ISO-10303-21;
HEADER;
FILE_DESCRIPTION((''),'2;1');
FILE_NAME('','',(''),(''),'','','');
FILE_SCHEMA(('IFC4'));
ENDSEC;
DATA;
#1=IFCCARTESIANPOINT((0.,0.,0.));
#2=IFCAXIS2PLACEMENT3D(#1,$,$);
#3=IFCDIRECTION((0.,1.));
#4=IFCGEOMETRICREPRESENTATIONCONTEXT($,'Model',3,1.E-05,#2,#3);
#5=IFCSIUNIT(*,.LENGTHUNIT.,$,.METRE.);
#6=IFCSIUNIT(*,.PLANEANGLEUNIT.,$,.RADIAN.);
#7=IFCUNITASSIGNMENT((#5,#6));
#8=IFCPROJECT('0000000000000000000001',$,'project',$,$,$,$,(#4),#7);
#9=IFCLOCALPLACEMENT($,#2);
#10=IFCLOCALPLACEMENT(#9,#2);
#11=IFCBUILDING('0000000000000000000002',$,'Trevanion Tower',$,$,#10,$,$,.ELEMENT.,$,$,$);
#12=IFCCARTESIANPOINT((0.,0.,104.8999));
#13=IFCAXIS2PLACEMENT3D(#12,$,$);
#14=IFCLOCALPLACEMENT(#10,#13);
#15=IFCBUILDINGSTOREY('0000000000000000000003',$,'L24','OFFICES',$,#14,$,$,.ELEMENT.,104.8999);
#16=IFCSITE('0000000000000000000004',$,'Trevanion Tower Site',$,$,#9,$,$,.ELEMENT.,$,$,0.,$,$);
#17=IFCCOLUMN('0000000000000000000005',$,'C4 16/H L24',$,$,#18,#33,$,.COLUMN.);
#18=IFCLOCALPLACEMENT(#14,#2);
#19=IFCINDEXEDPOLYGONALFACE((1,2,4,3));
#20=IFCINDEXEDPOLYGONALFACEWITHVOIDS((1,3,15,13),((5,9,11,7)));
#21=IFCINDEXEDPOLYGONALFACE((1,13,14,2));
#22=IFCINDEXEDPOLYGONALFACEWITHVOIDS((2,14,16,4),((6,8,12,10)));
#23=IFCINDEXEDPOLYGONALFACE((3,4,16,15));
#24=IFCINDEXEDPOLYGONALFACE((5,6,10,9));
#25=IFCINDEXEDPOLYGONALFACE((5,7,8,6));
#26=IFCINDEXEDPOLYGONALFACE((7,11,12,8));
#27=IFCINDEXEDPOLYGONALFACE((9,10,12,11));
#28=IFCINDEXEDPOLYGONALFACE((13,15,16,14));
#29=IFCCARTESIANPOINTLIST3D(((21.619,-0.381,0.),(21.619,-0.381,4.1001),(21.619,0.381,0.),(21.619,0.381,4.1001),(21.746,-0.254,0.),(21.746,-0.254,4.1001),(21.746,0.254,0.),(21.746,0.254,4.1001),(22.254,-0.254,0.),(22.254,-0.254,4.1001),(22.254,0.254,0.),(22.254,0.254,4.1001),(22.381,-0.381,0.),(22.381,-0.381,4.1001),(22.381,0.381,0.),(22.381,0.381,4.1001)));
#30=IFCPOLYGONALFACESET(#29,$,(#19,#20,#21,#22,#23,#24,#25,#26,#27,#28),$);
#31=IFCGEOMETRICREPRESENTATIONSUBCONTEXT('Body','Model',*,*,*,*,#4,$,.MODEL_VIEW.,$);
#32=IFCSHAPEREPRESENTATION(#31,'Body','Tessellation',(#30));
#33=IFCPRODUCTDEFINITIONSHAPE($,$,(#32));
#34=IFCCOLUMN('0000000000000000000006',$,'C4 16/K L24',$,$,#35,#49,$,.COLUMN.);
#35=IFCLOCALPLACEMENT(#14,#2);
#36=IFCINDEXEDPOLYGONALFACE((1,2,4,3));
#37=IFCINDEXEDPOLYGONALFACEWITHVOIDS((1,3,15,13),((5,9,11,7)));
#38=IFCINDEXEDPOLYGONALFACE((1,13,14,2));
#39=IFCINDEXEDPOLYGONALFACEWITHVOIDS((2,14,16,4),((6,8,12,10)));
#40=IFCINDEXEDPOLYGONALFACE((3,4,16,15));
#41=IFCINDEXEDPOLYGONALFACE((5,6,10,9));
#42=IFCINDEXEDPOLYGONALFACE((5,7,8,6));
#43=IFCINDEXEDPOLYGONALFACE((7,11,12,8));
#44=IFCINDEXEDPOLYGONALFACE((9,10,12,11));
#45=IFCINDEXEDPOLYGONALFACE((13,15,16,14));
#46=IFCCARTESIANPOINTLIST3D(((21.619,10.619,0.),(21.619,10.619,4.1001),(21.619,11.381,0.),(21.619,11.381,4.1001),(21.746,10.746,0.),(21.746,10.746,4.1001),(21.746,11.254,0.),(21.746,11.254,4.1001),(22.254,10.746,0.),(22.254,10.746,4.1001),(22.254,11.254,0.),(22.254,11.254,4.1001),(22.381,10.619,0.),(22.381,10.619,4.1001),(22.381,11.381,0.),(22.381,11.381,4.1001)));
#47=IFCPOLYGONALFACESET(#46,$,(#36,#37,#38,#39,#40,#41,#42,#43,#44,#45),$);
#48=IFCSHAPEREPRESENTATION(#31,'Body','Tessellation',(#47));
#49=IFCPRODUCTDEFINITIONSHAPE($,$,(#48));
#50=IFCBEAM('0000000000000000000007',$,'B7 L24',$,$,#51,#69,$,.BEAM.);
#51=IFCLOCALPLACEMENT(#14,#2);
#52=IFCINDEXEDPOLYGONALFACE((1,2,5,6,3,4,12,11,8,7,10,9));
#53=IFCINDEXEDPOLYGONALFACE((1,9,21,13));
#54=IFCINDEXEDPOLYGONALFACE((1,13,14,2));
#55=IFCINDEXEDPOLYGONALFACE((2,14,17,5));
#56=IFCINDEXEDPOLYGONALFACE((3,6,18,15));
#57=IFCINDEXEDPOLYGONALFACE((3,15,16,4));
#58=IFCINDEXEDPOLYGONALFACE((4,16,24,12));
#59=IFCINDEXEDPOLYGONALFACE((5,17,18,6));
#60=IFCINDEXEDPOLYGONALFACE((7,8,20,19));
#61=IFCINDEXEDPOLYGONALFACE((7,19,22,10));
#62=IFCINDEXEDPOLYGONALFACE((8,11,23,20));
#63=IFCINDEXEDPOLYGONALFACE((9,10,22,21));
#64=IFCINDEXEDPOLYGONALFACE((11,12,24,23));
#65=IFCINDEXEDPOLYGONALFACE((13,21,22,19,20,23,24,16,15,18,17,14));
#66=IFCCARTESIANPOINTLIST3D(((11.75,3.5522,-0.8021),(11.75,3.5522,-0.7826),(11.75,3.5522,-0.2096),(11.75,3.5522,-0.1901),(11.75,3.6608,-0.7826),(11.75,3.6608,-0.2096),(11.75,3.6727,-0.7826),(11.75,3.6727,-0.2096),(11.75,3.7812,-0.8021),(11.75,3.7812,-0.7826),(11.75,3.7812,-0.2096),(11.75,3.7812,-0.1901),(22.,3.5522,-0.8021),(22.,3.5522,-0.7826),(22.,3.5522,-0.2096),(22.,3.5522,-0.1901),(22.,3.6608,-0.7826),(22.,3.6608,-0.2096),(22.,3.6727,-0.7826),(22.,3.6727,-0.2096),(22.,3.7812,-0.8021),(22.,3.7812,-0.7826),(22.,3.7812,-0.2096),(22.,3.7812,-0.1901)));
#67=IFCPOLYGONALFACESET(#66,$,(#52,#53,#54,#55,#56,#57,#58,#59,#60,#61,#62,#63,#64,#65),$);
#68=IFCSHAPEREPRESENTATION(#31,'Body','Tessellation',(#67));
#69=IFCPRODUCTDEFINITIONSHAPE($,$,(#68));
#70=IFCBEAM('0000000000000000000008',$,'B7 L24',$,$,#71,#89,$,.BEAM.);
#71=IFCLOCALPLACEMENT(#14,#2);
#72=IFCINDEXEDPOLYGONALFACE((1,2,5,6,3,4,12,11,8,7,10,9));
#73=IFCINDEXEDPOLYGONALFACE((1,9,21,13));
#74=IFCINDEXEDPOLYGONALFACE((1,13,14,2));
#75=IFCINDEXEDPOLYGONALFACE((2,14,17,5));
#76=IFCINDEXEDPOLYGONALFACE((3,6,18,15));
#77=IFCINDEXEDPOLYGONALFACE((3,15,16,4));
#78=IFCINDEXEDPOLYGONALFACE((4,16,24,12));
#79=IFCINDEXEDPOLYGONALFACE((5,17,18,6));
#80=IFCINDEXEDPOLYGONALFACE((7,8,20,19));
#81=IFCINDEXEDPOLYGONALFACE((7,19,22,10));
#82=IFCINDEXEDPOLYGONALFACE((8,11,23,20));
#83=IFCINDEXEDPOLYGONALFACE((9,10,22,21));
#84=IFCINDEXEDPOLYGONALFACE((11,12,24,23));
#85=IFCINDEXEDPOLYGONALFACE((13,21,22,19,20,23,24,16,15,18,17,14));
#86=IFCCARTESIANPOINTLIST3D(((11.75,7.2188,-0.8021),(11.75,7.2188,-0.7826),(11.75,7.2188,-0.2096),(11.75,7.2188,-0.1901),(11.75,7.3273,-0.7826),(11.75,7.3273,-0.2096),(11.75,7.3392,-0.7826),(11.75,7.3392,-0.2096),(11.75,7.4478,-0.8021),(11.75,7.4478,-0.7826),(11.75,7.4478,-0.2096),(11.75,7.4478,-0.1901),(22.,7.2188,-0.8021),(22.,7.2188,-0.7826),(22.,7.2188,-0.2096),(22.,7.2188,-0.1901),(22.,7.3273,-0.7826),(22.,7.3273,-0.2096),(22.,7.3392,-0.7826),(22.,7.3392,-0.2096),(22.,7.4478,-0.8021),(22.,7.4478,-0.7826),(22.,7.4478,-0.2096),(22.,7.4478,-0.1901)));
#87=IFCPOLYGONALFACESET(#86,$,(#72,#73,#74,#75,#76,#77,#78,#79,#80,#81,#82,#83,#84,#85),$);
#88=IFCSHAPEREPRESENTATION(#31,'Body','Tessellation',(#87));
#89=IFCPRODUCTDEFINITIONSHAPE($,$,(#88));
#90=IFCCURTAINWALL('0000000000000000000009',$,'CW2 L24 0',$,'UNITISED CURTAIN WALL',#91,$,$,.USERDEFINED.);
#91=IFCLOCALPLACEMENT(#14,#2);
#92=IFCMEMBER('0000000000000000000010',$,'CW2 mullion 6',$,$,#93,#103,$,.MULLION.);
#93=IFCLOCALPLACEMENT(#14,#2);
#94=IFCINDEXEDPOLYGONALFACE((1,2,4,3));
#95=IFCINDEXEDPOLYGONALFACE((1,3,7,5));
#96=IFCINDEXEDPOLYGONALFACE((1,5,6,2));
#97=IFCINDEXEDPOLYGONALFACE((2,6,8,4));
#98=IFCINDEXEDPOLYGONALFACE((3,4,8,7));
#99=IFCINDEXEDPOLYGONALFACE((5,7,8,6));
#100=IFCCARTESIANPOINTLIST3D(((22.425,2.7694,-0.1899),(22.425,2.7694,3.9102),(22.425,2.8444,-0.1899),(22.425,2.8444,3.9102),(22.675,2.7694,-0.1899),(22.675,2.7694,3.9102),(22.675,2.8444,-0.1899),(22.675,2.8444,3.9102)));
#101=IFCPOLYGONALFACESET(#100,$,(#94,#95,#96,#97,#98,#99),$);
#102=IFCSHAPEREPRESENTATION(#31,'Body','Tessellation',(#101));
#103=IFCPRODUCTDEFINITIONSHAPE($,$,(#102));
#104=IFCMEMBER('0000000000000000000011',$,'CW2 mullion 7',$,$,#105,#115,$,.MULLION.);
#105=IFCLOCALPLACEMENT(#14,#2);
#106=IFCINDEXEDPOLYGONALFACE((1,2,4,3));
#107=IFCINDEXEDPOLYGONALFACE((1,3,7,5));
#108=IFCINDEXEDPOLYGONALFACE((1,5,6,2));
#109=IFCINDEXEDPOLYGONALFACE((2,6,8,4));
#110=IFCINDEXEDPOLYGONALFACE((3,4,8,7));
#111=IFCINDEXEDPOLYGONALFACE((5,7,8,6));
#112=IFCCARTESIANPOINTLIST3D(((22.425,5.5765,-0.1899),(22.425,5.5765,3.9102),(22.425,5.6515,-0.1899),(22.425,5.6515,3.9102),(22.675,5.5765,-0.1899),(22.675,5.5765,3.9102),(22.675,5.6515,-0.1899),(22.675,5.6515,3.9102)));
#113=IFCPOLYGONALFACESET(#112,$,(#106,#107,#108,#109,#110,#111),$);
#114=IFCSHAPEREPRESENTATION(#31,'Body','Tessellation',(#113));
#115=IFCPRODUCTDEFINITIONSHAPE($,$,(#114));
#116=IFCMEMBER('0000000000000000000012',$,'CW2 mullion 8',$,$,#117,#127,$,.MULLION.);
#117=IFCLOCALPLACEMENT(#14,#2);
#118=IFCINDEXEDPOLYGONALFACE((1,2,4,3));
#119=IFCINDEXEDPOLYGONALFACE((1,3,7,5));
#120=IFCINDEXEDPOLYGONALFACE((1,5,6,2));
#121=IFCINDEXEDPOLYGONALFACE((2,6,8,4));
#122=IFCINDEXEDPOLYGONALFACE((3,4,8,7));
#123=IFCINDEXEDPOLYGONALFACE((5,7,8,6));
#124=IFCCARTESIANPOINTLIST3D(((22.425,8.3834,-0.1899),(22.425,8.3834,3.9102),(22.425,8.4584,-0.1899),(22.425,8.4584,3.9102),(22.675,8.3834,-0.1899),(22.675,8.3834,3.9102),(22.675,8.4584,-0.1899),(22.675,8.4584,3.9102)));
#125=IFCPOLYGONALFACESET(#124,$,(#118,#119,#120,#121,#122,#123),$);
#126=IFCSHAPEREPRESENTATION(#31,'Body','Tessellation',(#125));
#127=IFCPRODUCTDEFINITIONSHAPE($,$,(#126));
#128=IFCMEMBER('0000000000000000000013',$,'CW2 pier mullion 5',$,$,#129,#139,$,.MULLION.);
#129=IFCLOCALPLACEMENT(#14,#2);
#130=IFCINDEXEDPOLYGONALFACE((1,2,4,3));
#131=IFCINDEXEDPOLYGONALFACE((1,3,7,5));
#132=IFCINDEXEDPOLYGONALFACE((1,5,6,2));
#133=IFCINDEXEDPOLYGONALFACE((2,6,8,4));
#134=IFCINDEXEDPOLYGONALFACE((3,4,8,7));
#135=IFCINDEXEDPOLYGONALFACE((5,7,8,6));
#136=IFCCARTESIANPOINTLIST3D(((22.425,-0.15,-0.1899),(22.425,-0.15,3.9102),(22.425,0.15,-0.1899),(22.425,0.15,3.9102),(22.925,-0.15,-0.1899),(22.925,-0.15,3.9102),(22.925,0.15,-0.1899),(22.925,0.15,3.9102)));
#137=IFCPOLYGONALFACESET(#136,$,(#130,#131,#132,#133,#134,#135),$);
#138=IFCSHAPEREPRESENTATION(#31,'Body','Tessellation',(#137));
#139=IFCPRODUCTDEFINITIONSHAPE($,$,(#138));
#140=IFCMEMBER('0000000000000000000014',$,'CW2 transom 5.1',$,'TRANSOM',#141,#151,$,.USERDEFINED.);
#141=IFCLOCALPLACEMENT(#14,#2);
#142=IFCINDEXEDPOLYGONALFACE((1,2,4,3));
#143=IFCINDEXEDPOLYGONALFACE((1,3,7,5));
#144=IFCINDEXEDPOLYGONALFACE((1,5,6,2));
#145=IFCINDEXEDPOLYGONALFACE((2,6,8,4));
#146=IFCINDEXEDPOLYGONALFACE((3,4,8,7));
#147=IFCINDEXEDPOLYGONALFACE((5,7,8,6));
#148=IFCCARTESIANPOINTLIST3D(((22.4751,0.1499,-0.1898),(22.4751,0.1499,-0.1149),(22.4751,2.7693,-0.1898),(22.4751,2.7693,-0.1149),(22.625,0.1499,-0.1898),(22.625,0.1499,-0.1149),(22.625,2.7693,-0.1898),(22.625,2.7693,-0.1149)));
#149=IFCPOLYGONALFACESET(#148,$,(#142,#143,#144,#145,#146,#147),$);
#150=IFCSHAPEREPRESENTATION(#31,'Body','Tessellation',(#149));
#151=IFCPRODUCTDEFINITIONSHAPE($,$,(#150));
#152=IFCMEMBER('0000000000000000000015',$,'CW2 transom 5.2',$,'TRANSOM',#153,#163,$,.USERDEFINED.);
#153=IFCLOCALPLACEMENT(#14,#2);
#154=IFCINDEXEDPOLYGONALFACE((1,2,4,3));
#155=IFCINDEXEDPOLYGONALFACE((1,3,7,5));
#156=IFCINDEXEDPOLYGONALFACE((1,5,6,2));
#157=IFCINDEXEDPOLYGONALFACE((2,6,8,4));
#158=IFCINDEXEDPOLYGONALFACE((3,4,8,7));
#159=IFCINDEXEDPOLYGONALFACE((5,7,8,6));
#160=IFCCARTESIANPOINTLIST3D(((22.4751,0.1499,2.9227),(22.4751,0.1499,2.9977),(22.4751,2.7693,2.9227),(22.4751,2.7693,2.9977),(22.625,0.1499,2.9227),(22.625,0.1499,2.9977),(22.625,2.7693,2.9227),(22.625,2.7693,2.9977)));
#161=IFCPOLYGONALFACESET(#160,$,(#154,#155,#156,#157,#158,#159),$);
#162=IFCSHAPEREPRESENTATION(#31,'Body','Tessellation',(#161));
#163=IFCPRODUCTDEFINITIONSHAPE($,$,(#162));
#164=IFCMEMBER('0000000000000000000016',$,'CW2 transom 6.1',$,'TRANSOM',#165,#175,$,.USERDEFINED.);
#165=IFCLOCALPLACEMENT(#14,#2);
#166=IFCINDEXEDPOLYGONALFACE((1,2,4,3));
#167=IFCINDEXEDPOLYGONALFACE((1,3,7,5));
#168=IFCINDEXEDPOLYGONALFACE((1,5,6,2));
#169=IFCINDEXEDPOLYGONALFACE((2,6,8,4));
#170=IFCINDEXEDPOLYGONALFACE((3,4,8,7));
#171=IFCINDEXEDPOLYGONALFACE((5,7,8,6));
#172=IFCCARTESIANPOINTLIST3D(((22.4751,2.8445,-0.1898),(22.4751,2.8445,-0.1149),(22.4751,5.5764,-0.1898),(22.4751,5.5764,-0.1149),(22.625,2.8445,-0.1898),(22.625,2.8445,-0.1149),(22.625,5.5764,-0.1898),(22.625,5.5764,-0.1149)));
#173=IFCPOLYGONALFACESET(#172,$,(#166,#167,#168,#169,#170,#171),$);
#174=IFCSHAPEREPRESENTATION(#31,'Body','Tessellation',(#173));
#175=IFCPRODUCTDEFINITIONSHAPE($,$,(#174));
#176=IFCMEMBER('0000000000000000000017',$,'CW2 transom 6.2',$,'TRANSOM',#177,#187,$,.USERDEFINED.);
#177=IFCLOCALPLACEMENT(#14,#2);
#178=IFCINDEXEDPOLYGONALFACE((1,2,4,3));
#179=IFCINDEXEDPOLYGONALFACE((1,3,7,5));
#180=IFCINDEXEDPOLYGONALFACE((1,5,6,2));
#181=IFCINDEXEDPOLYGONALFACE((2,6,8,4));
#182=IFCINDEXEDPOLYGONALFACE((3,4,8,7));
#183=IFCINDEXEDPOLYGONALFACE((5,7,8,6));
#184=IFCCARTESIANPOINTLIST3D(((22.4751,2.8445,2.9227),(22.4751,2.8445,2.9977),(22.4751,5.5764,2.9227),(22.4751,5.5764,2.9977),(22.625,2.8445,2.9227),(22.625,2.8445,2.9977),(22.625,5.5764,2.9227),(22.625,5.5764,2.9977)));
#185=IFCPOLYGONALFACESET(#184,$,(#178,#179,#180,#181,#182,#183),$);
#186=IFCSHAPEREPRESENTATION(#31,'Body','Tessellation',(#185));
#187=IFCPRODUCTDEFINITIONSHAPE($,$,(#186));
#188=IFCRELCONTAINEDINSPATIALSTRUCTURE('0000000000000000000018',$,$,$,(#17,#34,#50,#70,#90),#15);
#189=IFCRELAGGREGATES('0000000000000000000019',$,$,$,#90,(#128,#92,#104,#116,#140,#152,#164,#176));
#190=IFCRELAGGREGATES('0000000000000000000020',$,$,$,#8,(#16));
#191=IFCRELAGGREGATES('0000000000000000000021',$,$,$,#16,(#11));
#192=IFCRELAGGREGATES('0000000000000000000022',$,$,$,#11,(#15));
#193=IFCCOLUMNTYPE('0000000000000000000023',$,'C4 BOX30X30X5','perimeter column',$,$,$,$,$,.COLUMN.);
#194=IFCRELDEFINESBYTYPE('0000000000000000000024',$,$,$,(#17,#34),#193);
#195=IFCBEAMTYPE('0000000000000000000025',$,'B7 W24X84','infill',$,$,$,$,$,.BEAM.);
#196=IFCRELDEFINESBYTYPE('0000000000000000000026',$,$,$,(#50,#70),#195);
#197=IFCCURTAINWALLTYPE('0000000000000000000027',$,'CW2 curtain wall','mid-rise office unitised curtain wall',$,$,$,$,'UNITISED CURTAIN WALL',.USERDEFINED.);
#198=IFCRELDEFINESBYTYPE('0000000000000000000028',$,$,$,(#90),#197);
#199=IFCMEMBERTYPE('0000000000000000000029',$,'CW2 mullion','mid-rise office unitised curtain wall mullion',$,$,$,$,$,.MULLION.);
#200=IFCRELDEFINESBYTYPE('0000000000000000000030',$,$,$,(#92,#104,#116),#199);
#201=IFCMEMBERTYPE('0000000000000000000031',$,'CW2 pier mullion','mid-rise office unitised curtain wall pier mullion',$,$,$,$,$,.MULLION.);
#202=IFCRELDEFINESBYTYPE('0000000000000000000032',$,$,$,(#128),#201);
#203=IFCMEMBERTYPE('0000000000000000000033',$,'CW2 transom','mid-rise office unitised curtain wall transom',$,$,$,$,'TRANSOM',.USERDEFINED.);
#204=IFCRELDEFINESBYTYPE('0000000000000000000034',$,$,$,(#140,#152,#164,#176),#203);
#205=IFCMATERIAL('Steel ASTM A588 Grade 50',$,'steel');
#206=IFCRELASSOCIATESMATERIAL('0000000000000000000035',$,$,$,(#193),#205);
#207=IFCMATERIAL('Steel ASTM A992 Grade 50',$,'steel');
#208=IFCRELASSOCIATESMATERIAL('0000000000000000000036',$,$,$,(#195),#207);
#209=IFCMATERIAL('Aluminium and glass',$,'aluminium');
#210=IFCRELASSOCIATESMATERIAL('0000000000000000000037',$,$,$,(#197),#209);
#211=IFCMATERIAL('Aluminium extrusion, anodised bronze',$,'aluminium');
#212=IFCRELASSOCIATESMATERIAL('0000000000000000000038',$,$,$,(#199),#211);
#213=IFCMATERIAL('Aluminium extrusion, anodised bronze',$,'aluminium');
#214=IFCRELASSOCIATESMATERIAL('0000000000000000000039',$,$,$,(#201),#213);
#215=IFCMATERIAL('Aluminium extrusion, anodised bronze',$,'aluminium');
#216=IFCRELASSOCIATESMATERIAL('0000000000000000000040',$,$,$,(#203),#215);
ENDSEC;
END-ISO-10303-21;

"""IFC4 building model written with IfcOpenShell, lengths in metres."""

from ifc_helpers import new_model, si_unit, direction, frame, origin, origin_2d, place, context, subcontext, project, spatial, rectangle, hollow_rectangle, i_section, extrude, material, material_profile, profile_set, type_object, element, aggregate, save


model = new_model("IFC4")

# Units and contexts
model_context = context("Model", 3, precision=1e-05, world=origin(), true_north=direction((0.0, 1.0)))
body_context = subcontext(model_context, "Body", "Model", "MODEL_VIEW")
ifc_project = project(units=[si_unit("LENGTHUNIT", "METRE"), si_unit("PLANEANGLEUNIT", "RADIAN")], contexts=[model_context])

# Site, building, storey
site_placement = place(None, origin())
site = spatial("IfcSite", under=ifc_project, at=site_placement, Name="Trevanion Tower Site", CompositionType="ELEMENT", RefElevation=0.0)
building_placement = place(site_placement, origin())
building = spatial("IfcBuilding", under=site, at=building_placement, Name="Trevanion Tower", CompositionType="ELEMENT")
storey_placement = place(building_placement, frame((0.0, 0.0, 104.8999)))
storey = spatial("IfcBuildingStorey", under=building, at=storey_placement, Name="L24", Description="OFFICES", CompositionType="ELEMENT", Elevation=104.8999)

# Columns
ifc_material_1 = material(Name="Steel ASTM A588 Grade 50", Category="steel")
ifc_material_profile_1 = material_profile(ifc_material_1, hollow_rectangle(XDim=0.762, YDim=0.762, WallThickness=0.127, at=origin_2d()), Name="BOX30X30X5")
ifc_profile_set_1 = profile_set([ifc_material_profile_1], Name="Steel ASTM A588 Grade 50")
column_type = type_object("IfcColumnType", Name="C4 BOX30X30X5", Description="perimeter column", PredefinedType="COLUMN", material=ifc_profile_set_1)
for number, where, z_axis, x_axis, name in (
    (1, (22.0, 0.0, 0.0), (0.0, 0.0, 1.0), (0.0, 1.0, 0.0), "C4 16/H L24"),
    (2, (22.0, 11.0, 0.0), (0.0, 0.0, 1.0), (0.0, 1.0, 0.0), "C4 16/K L24"),
):
    element("IfcColumn", number, at=place(storey_placement, frame(where, z_axis=z_axis, x_axis=x_axis)), inside=storey, type_object=column_type, Name=name, PredefinedType="COLUMN", context=body_context, shape_type="SweptSolid", body=[
        extrude(hollow_rectangle(XDim=0.762, YDim=0.762, WallThickness=0.127, at=origin_2d()), origin(), (0.0, 0.0, 1.0), 4.1001),
    ])

# Beams
ifc_material_2 = material(Name="Steel ASTM A992 Grade 50", Category="steel")
ifc_material_profile_2 = material_profile(ifc_material_2, i_section(OverallWidth=0.229, OverallDepth=0.6121, WebThickness=0.012, FlangeThickness=0.0195, at=origin_2d()), Name="W24X84")
ifc_profile_set_2 = profile_set([ifc_material_profile_2], Name="Steel ASTM A992 Grade 50")
beam_type_1 = type_object("IfcBeamType", Name="B7 W24X84", Description="infill", PredefinedType="BEAM", material=ifc_profile_set_2)
for number, where, z_axis, x_axis, name in (
    (3, (11.75, 3.6667, -0.4961), (1.0, 0.0, 0.0), (0.0, 1.0, 0.0), "B7 L24"),
    (4, (11.75, 7.3333, -0.4961), (1.0, 0.0, 0.0), (0.0, 1.0, 0.0), "B7 L24"),
):
    element("IfcBeam", number, at=place(storey_placement, frame(where, z_axis=z_axis, x_axis=x_axis)), inside=storey, type_object=beam_type_1, Name=name, PredefinedType="BEAM", context=body_context, shape_type="SweptSolid", body=[
        extrude(i_section(OverallWidth=0.229, OverallDepth=0.6121, WebThickness=0.012, FlangeThickness=0.0195, at=origin_2d()), origin(), (0.0, 0.0, 1.0), 10.25),
    ])

# Curtain wall, members
ifc_material_3 = material(Name="Aluminium and glass", Category="aluminium")
curtain_wall_type = type_object("IfcCurtainWallType", Name="CW2 curtain wall", Description="mid-rise office unitised curtain wall", ElementType="UNITISED CURTAIN WALL", PredefinedType="USERDEFINED", material=ifc_material_3)
curtain_wall_placement = place(storey_placement, origin())
curtain_wall = element("IfcCurtainWall", 5, at=curtain_wall_placement, inside=storey, type_object=curtain_wall_type, Name="CW2 L24 0", ObjectType="UNITISED CURTAIN WALL", PredefinedType="USERDEFINED")
ifc_material_4 = material(Name="Aluminium extrusion, anodised bronze", Category="aluminium")
ifc_material_profile_3 = material_profile(ifc_material_4, rectangle(XDim=0.075, YDim=0.25, at=origin_2d()), Name="CW2 mullion")
ifc_profile_set_3 = profile_set([ifc_material_profile_3], Name="Aluminium extrusion, anodised bronze")
member_type_1 = type_object("IfcMemberType", Name="CW2 mullion", Description="mid-rise office unitised curtain wall mullion", PredefinedType="MULLION", material=ifc_profile_set_3)
member_1_placement = place(storey_placement, frame((22.55, 2.8069, -0.1899), z_axis=(0.0, 0.0, 1.0), x_axis=(0.0, 1.0, 0.0)))
member_1 = element("IfcMember", 6, at=member_1_placement, type_object=member_type_1, Name="CW2 mullion 6", PredefinedType="MULLION", context=body_context, shape_type="SweptSolid", body=[
    extrude(rectangle(XDim=0.075, YDim=0.25, at=origin_2d()), origin(), (0.0, 0.0, 1.0), 4.1001),
])
member_2_placement = place(storey_placement, frame((22.55, 5.614, -0.1899), z_axis=(0.0, 0.0, 1.0), x_axis=(0.0, 1.0, 0.0)))
member_2 = element("IfcMember", 7, at=member_2_placement, type_object=member_type_1, Name="CW2 mullion 7", PredefinedType="MULLION", context=body_context, shape_type="SweptSolid", body=[
    extrude(rectangle(XDim=0.075, YDim=0.25, at=origin_2d()), origin(), (0.0, 0.0, 1.0), 4.1001),
])
member_3_placement = place(storey_placement, frame((22.55, 8.4209, -0.1899), z_axis=(0.0, 0.0, 1.0), x_axis=(0.0, 1.0, 0.0)))
member_3 = element("IfcMember", 8, at=member_3_placement, type_object=member_type_1, Name="CW2 mullion 8", PredefinedType="MULLION", context=body_context, shape_type="SweptSolid", body=[
    extrude(rectangle(XDim=0.075, YDim=0.25, at=origin_2d()), origin(), (0.0, 0.0, 1.0), 4.1001),
])
ifc_material_5 = material(Name="Aluminium extrusion, anodised bronze", Category="aluminium")
ifc_material_profile_4 = material_profile(ifc_material_5, rectangle(XDim=0.3, YDim=0.5, at=origin_2d()), Name="CW2 pier mullion")
ifc_profile_set_4 = profile_set([ifc_material_profile_4], Name="Aluminium extrusion, anodised bronze")
member_type_2 = type_object("IfcMemberType", Name="CW2 pier mullion", Description="mid-rise office unitised curtain wall pier mullion", PredefinedType="MULLION", material=ifc_profile_set_4)
member_4_placement = place(storey_placement, frame((22.675, 0.0, -0.1899), z_axis=(0.0, 0.0, 1.0), x_axis=(0.0, 1.0, 0.0)))
member_4 = element("IfcMember", 9, at=member_4_placement, type_object=member_type_2, Name="CW2 pier mullion 5", PredefinedType="MULLION", context=body_context, shape_type="SweptSolid", body=[
    extrude(rectangle(XDim=0.3, YDim=0.5, at=origin_2d()), origin(), (0.0, 0.0, 1.0), 4.1001),
])
ifc_material_6 = material(Name="Aluminium extrusion, anodised bronze", Category="aluminium")
ifc_material_profile_5 = material_profile(ifc_material_6, rectangle(XDim=0.1499, YDim=0.075, at=origin_2d()), Name="CW2 transom")
ifc_profile_set_5 = profile_set([ifc_material_profile_5], Name="Aluminium extrusion, anodised bronze")
member_type_3 = type_object("IfcMemberType", Name="CW2 transom", Description="mid-rise office unitised curtain wall transom", ElementType="TRANSOM", PredefinedType="USERDEFINED", material=ifc_profile_set_5)
member_5_placement = place(storey_placement, frame((22.55, 0.1499, -0.1523), z_axis=(0.0, 1.0, 0.0), x_axis=(-1.0, 0.0, 0.0)))
member_5 = element("IfcMember", 10, at=member_5_placement, type_object=member_type_3, Name="CW2 transom 5.1", ObjectType="TRANSOM", PredefinedType="USERDEFINED", context=body_context, shape_type="SweptSolid", body=[
    extrude(rectangle(XDim=0.1499, YDim=0.075, at=origin_2d()), origin(), (0.0, 0.0, 1.0), 2.6194),
])
member_6_placement = place(storey_placement, frame((22.55, 0.1499, 2.9602), z_axis=(0.0, 1.0, 0.0), x_axis=(-1.0, 0.0, 0.0)))
member_6 = element("IfcMember", 11, at=member_6_placement, type_object=member_type_3, Name="CW2 transom 5.2", ObjectType="TRANSOM", PredefinedType="USERDEFINED", context=body_context, shape_type="SweptSolid", body=[
    extrude(rectangle(XDim=0.1499, YDim=0.075, at=origin_2d()), origin(), (0.0, 0.0, 1.0), 2.6194),
])
member_7_placement = place(storey_placement, frame((22.55, 2.8445, -0.1523), z_axis=(0.0, 1.0, 0.0), x_axis=(-1.0, 0.0, 0.0)))
member_7 = element("IfcMember", 12, at=member_7_placement, type_object=member_type_3, Name="CW2 transom 6.1", ObjectType="TRANSOM", PredefinedType="USERDEFINED", context=body_context, shape_type="SweptSolid", body=[
    extrude(rectangle(XDim=0.1499, YDim=0.075, at=origin_2d()), origin(), (0.0, 0.0, 1.0), 2.7319),
])
member_8_placement = place(storey_placement, frame((22.55, 2.8445, 2.9602), z_axis=(0.0, 1.0, 0.0), x_axis=(-1.0, 0.0, 0.0)))
member_8 = element("IfcMember", 13, at=member_8_placement, type_object=member_type_3, Name="CW2 transom 6.2", ObjectType="TRANSOM", PredefinedType="USERDEFINED", context=body_context, shape_type="SweptSolid", body=[
    extrude(rectangle(XDim=0.1499, YDim=0.075, at=origin_2d()), origin(), (0.0, 0.0, 1.0), 2.7319),
])

aggregate(curtain_wall, [member_4, member_1, member_2, member_3, member_5, member_6, member_7, member_8])

save(model, "model.ifc")
